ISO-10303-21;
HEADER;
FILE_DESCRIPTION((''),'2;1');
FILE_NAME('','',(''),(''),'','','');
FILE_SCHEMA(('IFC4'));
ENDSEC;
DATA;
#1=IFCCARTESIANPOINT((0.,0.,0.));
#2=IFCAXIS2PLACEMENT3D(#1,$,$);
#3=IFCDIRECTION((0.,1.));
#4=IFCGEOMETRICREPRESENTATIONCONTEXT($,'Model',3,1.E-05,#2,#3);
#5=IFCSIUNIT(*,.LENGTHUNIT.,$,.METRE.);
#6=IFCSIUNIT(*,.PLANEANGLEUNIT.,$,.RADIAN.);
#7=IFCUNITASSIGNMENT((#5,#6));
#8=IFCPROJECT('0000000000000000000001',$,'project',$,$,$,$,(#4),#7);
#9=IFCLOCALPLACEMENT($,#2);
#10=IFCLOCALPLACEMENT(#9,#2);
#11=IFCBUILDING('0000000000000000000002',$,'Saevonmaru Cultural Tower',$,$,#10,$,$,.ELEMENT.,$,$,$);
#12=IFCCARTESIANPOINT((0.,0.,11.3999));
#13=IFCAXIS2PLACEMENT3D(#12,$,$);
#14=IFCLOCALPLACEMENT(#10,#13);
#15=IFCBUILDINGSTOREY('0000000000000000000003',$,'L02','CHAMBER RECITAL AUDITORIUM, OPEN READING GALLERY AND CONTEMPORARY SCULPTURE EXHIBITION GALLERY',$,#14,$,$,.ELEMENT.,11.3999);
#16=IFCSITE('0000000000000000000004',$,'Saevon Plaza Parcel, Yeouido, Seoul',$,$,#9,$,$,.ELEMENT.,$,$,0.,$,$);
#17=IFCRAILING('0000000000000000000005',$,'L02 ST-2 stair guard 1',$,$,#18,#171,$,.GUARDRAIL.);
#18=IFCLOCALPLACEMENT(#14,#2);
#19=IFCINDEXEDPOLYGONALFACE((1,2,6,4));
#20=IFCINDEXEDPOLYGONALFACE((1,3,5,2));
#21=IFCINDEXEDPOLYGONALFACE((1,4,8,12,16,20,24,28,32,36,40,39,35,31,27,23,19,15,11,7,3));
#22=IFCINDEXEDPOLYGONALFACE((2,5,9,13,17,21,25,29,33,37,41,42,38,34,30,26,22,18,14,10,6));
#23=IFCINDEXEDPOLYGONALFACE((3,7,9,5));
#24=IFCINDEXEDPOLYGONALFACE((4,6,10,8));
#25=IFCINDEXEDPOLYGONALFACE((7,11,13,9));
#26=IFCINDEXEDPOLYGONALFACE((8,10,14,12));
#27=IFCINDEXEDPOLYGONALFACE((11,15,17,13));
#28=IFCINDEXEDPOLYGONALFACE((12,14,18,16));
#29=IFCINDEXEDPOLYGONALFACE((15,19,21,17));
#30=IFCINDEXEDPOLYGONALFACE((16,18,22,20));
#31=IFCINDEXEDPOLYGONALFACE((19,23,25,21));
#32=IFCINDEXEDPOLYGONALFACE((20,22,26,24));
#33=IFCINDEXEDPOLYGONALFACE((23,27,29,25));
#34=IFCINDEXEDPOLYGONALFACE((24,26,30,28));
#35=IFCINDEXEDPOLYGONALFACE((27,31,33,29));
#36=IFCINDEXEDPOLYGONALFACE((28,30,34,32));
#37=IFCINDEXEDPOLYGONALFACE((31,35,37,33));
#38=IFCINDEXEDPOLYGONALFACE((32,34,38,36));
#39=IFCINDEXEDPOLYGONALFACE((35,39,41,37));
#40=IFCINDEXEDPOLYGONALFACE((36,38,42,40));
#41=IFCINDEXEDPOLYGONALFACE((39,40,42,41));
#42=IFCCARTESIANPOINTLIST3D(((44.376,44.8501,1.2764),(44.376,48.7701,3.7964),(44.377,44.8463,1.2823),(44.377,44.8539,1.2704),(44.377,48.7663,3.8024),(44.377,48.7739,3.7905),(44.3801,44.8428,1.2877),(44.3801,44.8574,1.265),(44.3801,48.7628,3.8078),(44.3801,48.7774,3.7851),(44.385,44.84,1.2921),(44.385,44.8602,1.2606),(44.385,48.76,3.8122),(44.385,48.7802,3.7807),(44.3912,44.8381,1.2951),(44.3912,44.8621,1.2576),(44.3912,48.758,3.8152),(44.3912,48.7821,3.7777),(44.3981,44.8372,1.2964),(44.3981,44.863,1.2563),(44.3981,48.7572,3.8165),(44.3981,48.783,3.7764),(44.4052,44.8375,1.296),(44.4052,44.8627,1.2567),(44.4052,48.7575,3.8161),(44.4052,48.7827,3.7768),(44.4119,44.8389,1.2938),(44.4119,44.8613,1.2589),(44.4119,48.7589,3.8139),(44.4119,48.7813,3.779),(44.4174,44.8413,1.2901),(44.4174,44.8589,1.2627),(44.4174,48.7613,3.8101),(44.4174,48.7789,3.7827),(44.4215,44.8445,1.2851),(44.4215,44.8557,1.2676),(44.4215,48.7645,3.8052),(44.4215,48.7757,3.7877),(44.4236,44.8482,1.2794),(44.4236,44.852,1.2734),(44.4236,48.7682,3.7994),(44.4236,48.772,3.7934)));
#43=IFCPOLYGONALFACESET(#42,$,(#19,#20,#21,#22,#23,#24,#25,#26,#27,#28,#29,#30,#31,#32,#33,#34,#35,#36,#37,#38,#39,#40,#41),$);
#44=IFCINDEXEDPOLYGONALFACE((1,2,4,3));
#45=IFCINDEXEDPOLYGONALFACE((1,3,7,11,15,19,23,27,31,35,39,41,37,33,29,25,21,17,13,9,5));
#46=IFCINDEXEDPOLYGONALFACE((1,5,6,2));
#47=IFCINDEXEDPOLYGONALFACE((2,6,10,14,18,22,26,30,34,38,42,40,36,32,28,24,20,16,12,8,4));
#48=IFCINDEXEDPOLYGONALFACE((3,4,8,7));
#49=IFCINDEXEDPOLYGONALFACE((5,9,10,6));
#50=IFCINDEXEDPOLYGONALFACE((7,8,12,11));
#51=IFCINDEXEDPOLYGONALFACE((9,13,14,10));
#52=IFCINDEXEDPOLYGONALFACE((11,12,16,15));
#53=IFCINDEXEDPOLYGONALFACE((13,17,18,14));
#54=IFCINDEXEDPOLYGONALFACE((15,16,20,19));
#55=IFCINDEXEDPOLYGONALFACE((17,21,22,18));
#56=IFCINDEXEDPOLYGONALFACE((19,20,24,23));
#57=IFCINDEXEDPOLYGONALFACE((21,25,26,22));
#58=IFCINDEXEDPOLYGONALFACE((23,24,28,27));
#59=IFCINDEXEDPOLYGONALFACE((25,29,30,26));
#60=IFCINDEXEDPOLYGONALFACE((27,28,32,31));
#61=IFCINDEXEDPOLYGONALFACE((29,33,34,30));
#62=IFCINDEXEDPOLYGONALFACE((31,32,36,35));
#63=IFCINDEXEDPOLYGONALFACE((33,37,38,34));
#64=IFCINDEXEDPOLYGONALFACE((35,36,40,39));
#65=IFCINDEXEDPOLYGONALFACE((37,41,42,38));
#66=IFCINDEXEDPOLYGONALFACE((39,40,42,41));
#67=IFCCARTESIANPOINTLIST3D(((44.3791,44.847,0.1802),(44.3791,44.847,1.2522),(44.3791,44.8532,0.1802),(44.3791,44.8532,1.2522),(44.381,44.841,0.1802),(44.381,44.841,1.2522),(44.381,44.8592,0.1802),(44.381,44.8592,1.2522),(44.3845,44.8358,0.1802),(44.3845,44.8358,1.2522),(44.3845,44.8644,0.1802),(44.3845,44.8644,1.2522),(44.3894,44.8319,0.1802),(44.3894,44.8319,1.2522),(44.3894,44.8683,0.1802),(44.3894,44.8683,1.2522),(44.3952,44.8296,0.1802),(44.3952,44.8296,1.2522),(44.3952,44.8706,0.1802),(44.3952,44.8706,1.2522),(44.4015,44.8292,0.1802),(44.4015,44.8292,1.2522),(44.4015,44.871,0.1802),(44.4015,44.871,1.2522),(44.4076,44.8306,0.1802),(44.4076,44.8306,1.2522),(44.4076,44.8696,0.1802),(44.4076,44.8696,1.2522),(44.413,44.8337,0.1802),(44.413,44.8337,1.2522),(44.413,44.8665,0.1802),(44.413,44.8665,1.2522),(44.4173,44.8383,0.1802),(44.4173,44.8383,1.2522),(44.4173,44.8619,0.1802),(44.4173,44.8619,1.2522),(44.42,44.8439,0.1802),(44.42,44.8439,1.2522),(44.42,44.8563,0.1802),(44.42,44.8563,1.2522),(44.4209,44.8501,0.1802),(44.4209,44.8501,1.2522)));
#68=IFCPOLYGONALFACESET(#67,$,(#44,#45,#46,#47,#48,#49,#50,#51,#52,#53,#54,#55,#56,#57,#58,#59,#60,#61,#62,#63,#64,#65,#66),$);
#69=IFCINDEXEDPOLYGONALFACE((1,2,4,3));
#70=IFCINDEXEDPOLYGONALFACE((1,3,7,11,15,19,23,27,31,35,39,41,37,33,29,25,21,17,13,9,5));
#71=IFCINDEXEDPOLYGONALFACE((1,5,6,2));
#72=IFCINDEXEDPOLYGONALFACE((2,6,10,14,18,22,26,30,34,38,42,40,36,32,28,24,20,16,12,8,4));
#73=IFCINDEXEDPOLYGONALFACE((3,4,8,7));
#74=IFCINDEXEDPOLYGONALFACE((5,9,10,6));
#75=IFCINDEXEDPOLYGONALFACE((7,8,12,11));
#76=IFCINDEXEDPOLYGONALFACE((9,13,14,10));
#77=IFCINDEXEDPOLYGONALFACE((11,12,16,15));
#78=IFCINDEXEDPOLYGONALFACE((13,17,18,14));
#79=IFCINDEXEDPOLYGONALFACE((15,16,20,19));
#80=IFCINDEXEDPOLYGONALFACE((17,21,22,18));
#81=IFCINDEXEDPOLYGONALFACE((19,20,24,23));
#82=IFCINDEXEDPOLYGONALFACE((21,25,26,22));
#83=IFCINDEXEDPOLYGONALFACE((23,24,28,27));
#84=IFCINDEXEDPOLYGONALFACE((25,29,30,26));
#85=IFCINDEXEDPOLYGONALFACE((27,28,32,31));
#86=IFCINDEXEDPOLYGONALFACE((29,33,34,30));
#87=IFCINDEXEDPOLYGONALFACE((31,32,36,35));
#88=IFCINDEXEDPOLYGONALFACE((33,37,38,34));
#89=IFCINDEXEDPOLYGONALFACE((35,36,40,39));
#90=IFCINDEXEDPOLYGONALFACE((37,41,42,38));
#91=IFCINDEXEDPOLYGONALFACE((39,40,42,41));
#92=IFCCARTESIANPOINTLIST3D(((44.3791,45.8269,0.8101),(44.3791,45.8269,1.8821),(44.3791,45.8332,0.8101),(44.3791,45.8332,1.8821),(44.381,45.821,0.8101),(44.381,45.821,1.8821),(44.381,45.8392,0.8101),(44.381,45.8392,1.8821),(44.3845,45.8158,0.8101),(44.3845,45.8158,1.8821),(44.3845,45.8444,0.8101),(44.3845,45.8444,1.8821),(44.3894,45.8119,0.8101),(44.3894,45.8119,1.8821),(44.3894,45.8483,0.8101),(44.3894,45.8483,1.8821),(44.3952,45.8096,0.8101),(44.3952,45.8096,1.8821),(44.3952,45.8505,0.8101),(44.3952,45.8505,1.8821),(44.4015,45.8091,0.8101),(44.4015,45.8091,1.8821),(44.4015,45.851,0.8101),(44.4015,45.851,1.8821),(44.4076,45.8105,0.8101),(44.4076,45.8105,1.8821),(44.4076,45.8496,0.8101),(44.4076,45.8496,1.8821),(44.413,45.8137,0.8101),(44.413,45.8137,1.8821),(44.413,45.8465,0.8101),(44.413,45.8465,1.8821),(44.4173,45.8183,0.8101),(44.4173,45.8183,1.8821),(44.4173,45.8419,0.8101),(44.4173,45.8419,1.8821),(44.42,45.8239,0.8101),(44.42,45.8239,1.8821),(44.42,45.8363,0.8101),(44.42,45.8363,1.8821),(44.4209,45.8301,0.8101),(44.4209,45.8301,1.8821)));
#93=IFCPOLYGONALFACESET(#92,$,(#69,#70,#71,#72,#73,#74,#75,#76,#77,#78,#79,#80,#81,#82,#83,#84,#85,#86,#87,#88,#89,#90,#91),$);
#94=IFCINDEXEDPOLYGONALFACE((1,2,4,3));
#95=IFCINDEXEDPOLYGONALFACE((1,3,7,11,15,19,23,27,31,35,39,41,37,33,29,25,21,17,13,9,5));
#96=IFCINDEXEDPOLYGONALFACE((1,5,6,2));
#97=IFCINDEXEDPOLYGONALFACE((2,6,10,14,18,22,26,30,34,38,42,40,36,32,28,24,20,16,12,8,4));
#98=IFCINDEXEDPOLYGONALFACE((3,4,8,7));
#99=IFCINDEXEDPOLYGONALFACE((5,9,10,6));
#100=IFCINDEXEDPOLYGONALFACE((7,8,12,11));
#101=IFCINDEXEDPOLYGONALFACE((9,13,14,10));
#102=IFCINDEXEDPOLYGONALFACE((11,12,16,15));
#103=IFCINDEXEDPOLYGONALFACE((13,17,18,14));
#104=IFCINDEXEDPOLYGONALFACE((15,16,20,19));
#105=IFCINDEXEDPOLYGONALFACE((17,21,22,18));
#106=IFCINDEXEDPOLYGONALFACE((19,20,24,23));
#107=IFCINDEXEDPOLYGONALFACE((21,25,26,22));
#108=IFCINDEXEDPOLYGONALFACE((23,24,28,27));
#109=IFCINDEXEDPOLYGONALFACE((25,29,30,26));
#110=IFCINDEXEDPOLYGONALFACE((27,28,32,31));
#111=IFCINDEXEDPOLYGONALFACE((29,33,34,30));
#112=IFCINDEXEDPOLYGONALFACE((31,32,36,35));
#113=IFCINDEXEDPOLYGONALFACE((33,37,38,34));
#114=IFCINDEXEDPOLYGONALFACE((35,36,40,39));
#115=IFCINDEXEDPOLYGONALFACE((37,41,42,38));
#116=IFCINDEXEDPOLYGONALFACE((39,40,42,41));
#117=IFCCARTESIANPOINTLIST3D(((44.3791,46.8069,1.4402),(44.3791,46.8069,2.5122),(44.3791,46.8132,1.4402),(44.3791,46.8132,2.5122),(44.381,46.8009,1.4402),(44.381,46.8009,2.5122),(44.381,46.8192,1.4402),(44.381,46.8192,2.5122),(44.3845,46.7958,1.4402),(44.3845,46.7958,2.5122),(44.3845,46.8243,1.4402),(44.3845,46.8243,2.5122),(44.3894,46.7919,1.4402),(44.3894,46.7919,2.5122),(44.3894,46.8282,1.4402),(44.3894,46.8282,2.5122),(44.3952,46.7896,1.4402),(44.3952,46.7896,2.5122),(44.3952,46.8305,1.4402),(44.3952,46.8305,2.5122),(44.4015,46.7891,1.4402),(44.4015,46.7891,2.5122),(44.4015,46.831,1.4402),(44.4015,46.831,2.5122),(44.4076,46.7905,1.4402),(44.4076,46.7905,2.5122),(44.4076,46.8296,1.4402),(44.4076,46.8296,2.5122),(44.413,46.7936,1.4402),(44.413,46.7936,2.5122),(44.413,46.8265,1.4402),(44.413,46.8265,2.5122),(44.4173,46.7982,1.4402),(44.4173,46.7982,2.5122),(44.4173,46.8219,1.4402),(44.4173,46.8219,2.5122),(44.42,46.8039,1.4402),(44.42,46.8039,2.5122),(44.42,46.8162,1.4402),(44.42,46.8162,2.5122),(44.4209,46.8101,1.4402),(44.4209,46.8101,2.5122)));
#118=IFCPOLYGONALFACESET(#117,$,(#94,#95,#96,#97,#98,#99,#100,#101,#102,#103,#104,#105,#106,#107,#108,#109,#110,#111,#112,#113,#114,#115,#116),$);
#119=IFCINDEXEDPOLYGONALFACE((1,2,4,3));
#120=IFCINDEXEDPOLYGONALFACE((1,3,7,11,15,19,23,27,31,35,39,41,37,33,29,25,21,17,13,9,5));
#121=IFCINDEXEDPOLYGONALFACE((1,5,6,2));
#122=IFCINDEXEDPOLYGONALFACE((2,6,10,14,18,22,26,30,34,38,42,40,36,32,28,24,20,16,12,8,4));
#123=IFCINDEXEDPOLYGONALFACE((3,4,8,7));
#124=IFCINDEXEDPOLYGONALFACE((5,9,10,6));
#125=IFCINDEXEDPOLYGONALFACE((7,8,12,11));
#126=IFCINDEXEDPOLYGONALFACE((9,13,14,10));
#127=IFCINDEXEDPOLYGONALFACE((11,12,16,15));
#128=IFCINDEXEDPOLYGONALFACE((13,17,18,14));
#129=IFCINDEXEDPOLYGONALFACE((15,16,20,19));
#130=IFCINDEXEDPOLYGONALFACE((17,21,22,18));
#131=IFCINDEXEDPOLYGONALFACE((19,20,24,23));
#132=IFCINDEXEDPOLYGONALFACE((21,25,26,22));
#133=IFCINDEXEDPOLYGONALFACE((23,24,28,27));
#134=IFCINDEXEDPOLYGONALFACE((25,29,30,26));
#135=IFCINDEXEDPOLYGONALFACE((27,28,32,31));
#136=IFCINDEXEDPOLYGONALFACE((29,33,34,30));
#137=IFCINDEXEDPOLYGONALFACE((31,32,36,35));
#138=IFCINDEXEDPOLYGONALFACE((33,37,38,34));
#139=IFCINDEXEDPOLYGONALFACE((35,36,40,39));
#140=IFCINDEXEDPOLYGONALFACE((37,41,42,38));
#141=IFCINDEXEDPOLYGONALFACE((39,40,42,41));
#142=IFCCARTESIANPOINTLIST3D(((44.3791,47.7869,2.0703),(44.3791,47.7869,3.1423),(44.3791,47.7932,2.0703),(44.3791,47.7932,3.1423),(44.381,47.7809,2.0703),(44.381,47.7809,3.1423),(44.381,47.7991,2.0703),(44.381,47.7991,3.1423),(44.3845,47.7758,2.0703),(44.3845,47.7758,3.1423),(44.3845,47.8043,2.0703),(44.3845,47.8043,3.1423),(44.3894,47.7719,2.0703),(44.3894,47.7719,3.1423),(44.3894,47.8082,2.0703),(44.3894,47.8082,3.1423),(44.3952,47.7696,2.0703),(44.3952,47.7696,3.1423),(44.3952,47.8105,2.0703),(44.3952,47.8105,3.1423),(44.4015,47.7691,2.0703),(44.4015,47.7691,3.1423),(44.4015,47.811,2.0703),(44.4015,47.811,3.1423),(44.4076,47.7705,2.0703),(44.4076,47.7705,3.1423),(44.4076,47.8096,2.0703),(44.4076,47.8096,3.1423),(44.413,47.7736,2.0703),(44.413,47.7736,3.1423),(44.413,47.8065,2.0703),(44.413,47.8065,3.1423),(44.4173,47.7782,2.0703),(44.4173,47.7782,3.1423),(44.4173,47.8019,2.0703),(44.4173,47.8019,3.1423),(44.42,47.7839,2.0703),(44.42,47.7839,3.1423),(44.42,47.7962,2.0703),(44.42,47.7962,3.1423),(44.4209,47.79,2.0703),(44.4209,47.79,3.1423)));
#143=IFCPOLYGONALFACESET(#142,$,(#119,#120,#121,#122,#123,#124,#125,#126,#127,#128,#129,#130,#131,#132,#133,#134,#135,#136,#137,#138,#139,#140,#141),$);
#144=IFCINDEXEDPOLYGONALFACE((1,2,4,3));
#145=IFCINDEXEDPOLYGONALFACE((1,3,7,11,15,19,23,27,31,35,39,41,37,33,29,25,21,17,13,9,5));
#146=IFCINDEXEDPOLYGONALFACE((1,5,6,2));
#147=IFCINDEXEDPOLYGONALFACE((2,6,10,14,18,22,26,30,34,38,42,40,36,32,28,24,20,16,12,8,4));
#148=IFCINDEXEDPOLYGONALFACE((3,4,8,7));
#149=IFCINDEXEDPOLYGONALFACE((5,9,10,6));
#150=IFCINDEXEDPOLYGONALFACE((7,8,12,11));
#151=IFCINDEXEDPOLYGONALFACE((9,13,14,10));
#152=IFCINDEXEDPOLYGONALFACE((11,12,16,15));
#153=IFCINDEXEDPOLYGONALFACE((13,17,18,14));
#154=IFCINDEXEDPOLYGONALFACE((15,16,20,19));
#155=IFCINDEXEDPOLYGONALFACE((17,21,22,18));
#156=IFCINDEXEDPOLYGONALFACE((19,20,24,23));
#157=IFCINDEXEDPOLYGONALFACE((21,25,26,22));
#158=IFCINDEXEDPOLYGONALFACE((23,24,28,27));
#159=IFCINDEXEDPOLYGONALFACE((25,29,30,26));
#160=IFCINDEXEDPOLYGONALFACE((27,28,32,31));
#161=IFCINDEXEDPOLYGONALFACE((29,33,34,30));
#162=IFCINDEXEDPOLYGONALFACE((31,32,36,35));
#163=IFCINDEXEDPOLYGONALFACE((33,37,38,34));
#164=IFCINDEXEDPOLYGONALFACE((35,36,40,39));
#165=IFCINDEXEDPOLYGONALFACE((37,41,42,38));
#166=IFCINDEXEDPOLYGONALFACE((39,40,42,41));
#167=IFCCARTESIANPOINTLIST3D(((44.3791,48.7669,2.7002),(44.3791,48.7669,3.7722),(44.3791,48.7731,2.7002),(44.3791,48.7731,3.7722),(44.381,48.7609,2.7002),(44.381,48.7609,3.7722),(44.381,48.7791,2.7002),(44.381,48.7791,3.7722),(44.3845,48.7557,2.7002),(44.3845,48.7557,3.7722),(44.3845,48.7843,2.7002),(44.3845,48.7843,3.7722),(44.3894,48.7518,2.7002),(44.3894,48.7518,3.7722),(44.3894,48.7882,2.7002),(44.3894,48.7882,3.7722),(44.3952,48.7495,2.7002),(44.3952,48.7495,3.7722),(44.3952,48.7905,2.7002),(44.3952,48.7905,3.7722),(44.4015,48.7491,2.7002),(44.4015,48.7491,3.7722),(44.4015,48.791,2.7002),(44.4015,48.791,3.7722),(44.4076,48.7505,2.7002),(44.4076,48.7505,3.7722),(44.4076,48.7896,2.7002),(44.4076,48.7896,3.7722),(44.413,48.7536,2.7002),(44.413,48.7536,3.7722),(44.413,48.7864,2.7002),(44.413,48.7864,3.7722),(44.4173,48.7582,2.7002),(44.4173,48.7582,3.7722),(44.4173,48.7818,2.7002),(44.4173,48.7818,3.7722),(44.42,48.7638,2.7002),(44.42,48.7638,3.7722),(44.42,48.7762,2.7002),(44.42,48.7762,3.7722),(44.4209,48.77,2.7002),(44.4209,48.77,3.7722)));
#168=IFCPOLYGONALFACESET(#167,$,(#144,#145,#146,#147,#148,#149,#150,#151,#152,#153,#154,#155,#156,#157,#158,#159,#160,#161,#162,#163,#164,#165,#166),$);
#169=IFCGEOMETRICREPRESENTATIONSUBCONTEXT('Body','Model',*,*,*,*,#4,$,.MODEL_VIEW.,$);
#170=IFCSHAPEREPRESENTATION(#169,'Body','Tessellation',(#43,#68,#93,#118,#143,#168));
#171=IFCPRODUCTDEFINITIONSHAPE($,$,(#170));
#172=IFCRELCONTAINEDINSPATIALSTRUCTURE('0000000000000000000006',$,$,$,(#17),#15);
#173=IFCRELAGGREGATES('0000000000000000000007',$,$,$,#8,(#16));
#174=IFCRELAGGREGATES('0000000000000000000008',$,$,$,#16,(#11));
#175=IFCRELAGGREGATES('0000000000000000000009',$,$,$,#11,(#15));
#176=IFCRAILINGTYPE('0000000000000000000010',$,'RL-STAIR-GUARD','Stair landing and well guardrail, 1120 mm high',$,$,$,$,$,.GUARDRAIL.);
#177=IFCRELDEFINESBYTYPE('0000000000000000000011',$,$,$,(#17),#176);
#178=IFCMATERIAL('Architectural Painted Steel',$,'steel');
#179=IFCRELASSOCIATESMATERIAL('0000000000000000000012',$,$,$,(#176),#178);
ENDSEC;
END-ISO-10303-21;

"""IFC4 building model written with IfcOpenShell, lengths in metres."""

from ifc_helpers import new_model, si_unit, direction, frame, origin, origin_2d, place, context, subcontext, project, spatial, circle, extrude, material, type_object, element, save


model = new_model("IFC4")

# Units and contexts
model_context = context("Model", 3, precision=1e-05, world=origin(), true_north=direction((0.0, 1.0)))
body_context = subcontext(model_context, "Body", "Model", "MODEL_VIEW")
ifc_project = project(units=[si_unit("LENGTHUNIT", "METRE"), si_unit("PLANEANGLEUNIT", "RADIAN")], contexts=[model_context])

# Site, building, storey
site_placement = place(None, origin())
site = spatial("IfcSite", under=ifc_project, at=site_placement, Name="Saevon Plaza Parcel, Yeouido, Seoul", CompositionType="ELEMENT", RefElevation=0.0)
building_placement = place(site_placement, origin())
building = spatial("IfcBuilding", under=site, at=building_placement, Name="Saevonmaru Cultural Tower", CompositionType="ELEMENT")
storey_placement = place(building_placement, frame((0.0, 0.0, 11.3999)))
storey = spatial("IfcBuildingStorey", under=building, at=storey_placement, Name="L02", Description="CHAMBER RECITAL AUDITORIUM, OPEN READING GALLERY AND CONTEMPORARY SCULPTURE EXHIBITION GALLERY", CompositionType="ELEMENT", Elevation=11.3999)

# Railing
ifc_material_1 = material(Name="Architectural Painted Steel", Category="steel")
railing_type_1 = type_object("IfcRailingType", Name="RL-STAIR-GUARD", Description="Stair landing and well guardrail, 1120 mm high", PredefinedType="GUARDRAIL", material=ifc_material_1)
railing_1_placement = place(storey_placement, frame((44.3999, 44.8501, 0.1802)))
element("IfcRailing", 1, at=railing_1_placement, inside=storey, type_object=railing_type_1, Name="L02 ST-2 stair guard 1", PredefinedType="GUARDRAIL", context=body_context, shape_type="SweptSolid", body=[
    extrude(circle(Radius=0.0239, at=origin_2d()), frame((0.0, 0.0, 1.0962), z_axis=(0.0, 0.841172, 0.540768), x_axis=(-1.0, 0.0, 0.0)), (0.0, 0.0, 1.0), 4.6602),
    extrude(circle(Radius=0.021, at=origin_2d()), origin(), (0.0, 0.0, 1.0), 1.072),
    extrude(circle(Radius=0.021, at=origin_2d()), frame((0.0, 0.98, 0.6299)), (0.0, 0.0, 1.0), 1.072),
    extrude(circle(Radius=0.021, at=origin_2d()), frame((0.0, 1.96, 1.26)), (0.0, 0.0, 1.0), 1.072),
    extrude(circle(Radius=0.021, at=origin_2d()), frame((0.0, 2.9399, 1.8901)), (0.0, 0.0, 1.0), 1.072),
    extrude(circle(Radius=0.021, at=origin_2d()), frame((0.0, 3.9199, 2.52)), (0.0, 0.0, 1.0), 1.072),
])

save(model, "model.ifc")
